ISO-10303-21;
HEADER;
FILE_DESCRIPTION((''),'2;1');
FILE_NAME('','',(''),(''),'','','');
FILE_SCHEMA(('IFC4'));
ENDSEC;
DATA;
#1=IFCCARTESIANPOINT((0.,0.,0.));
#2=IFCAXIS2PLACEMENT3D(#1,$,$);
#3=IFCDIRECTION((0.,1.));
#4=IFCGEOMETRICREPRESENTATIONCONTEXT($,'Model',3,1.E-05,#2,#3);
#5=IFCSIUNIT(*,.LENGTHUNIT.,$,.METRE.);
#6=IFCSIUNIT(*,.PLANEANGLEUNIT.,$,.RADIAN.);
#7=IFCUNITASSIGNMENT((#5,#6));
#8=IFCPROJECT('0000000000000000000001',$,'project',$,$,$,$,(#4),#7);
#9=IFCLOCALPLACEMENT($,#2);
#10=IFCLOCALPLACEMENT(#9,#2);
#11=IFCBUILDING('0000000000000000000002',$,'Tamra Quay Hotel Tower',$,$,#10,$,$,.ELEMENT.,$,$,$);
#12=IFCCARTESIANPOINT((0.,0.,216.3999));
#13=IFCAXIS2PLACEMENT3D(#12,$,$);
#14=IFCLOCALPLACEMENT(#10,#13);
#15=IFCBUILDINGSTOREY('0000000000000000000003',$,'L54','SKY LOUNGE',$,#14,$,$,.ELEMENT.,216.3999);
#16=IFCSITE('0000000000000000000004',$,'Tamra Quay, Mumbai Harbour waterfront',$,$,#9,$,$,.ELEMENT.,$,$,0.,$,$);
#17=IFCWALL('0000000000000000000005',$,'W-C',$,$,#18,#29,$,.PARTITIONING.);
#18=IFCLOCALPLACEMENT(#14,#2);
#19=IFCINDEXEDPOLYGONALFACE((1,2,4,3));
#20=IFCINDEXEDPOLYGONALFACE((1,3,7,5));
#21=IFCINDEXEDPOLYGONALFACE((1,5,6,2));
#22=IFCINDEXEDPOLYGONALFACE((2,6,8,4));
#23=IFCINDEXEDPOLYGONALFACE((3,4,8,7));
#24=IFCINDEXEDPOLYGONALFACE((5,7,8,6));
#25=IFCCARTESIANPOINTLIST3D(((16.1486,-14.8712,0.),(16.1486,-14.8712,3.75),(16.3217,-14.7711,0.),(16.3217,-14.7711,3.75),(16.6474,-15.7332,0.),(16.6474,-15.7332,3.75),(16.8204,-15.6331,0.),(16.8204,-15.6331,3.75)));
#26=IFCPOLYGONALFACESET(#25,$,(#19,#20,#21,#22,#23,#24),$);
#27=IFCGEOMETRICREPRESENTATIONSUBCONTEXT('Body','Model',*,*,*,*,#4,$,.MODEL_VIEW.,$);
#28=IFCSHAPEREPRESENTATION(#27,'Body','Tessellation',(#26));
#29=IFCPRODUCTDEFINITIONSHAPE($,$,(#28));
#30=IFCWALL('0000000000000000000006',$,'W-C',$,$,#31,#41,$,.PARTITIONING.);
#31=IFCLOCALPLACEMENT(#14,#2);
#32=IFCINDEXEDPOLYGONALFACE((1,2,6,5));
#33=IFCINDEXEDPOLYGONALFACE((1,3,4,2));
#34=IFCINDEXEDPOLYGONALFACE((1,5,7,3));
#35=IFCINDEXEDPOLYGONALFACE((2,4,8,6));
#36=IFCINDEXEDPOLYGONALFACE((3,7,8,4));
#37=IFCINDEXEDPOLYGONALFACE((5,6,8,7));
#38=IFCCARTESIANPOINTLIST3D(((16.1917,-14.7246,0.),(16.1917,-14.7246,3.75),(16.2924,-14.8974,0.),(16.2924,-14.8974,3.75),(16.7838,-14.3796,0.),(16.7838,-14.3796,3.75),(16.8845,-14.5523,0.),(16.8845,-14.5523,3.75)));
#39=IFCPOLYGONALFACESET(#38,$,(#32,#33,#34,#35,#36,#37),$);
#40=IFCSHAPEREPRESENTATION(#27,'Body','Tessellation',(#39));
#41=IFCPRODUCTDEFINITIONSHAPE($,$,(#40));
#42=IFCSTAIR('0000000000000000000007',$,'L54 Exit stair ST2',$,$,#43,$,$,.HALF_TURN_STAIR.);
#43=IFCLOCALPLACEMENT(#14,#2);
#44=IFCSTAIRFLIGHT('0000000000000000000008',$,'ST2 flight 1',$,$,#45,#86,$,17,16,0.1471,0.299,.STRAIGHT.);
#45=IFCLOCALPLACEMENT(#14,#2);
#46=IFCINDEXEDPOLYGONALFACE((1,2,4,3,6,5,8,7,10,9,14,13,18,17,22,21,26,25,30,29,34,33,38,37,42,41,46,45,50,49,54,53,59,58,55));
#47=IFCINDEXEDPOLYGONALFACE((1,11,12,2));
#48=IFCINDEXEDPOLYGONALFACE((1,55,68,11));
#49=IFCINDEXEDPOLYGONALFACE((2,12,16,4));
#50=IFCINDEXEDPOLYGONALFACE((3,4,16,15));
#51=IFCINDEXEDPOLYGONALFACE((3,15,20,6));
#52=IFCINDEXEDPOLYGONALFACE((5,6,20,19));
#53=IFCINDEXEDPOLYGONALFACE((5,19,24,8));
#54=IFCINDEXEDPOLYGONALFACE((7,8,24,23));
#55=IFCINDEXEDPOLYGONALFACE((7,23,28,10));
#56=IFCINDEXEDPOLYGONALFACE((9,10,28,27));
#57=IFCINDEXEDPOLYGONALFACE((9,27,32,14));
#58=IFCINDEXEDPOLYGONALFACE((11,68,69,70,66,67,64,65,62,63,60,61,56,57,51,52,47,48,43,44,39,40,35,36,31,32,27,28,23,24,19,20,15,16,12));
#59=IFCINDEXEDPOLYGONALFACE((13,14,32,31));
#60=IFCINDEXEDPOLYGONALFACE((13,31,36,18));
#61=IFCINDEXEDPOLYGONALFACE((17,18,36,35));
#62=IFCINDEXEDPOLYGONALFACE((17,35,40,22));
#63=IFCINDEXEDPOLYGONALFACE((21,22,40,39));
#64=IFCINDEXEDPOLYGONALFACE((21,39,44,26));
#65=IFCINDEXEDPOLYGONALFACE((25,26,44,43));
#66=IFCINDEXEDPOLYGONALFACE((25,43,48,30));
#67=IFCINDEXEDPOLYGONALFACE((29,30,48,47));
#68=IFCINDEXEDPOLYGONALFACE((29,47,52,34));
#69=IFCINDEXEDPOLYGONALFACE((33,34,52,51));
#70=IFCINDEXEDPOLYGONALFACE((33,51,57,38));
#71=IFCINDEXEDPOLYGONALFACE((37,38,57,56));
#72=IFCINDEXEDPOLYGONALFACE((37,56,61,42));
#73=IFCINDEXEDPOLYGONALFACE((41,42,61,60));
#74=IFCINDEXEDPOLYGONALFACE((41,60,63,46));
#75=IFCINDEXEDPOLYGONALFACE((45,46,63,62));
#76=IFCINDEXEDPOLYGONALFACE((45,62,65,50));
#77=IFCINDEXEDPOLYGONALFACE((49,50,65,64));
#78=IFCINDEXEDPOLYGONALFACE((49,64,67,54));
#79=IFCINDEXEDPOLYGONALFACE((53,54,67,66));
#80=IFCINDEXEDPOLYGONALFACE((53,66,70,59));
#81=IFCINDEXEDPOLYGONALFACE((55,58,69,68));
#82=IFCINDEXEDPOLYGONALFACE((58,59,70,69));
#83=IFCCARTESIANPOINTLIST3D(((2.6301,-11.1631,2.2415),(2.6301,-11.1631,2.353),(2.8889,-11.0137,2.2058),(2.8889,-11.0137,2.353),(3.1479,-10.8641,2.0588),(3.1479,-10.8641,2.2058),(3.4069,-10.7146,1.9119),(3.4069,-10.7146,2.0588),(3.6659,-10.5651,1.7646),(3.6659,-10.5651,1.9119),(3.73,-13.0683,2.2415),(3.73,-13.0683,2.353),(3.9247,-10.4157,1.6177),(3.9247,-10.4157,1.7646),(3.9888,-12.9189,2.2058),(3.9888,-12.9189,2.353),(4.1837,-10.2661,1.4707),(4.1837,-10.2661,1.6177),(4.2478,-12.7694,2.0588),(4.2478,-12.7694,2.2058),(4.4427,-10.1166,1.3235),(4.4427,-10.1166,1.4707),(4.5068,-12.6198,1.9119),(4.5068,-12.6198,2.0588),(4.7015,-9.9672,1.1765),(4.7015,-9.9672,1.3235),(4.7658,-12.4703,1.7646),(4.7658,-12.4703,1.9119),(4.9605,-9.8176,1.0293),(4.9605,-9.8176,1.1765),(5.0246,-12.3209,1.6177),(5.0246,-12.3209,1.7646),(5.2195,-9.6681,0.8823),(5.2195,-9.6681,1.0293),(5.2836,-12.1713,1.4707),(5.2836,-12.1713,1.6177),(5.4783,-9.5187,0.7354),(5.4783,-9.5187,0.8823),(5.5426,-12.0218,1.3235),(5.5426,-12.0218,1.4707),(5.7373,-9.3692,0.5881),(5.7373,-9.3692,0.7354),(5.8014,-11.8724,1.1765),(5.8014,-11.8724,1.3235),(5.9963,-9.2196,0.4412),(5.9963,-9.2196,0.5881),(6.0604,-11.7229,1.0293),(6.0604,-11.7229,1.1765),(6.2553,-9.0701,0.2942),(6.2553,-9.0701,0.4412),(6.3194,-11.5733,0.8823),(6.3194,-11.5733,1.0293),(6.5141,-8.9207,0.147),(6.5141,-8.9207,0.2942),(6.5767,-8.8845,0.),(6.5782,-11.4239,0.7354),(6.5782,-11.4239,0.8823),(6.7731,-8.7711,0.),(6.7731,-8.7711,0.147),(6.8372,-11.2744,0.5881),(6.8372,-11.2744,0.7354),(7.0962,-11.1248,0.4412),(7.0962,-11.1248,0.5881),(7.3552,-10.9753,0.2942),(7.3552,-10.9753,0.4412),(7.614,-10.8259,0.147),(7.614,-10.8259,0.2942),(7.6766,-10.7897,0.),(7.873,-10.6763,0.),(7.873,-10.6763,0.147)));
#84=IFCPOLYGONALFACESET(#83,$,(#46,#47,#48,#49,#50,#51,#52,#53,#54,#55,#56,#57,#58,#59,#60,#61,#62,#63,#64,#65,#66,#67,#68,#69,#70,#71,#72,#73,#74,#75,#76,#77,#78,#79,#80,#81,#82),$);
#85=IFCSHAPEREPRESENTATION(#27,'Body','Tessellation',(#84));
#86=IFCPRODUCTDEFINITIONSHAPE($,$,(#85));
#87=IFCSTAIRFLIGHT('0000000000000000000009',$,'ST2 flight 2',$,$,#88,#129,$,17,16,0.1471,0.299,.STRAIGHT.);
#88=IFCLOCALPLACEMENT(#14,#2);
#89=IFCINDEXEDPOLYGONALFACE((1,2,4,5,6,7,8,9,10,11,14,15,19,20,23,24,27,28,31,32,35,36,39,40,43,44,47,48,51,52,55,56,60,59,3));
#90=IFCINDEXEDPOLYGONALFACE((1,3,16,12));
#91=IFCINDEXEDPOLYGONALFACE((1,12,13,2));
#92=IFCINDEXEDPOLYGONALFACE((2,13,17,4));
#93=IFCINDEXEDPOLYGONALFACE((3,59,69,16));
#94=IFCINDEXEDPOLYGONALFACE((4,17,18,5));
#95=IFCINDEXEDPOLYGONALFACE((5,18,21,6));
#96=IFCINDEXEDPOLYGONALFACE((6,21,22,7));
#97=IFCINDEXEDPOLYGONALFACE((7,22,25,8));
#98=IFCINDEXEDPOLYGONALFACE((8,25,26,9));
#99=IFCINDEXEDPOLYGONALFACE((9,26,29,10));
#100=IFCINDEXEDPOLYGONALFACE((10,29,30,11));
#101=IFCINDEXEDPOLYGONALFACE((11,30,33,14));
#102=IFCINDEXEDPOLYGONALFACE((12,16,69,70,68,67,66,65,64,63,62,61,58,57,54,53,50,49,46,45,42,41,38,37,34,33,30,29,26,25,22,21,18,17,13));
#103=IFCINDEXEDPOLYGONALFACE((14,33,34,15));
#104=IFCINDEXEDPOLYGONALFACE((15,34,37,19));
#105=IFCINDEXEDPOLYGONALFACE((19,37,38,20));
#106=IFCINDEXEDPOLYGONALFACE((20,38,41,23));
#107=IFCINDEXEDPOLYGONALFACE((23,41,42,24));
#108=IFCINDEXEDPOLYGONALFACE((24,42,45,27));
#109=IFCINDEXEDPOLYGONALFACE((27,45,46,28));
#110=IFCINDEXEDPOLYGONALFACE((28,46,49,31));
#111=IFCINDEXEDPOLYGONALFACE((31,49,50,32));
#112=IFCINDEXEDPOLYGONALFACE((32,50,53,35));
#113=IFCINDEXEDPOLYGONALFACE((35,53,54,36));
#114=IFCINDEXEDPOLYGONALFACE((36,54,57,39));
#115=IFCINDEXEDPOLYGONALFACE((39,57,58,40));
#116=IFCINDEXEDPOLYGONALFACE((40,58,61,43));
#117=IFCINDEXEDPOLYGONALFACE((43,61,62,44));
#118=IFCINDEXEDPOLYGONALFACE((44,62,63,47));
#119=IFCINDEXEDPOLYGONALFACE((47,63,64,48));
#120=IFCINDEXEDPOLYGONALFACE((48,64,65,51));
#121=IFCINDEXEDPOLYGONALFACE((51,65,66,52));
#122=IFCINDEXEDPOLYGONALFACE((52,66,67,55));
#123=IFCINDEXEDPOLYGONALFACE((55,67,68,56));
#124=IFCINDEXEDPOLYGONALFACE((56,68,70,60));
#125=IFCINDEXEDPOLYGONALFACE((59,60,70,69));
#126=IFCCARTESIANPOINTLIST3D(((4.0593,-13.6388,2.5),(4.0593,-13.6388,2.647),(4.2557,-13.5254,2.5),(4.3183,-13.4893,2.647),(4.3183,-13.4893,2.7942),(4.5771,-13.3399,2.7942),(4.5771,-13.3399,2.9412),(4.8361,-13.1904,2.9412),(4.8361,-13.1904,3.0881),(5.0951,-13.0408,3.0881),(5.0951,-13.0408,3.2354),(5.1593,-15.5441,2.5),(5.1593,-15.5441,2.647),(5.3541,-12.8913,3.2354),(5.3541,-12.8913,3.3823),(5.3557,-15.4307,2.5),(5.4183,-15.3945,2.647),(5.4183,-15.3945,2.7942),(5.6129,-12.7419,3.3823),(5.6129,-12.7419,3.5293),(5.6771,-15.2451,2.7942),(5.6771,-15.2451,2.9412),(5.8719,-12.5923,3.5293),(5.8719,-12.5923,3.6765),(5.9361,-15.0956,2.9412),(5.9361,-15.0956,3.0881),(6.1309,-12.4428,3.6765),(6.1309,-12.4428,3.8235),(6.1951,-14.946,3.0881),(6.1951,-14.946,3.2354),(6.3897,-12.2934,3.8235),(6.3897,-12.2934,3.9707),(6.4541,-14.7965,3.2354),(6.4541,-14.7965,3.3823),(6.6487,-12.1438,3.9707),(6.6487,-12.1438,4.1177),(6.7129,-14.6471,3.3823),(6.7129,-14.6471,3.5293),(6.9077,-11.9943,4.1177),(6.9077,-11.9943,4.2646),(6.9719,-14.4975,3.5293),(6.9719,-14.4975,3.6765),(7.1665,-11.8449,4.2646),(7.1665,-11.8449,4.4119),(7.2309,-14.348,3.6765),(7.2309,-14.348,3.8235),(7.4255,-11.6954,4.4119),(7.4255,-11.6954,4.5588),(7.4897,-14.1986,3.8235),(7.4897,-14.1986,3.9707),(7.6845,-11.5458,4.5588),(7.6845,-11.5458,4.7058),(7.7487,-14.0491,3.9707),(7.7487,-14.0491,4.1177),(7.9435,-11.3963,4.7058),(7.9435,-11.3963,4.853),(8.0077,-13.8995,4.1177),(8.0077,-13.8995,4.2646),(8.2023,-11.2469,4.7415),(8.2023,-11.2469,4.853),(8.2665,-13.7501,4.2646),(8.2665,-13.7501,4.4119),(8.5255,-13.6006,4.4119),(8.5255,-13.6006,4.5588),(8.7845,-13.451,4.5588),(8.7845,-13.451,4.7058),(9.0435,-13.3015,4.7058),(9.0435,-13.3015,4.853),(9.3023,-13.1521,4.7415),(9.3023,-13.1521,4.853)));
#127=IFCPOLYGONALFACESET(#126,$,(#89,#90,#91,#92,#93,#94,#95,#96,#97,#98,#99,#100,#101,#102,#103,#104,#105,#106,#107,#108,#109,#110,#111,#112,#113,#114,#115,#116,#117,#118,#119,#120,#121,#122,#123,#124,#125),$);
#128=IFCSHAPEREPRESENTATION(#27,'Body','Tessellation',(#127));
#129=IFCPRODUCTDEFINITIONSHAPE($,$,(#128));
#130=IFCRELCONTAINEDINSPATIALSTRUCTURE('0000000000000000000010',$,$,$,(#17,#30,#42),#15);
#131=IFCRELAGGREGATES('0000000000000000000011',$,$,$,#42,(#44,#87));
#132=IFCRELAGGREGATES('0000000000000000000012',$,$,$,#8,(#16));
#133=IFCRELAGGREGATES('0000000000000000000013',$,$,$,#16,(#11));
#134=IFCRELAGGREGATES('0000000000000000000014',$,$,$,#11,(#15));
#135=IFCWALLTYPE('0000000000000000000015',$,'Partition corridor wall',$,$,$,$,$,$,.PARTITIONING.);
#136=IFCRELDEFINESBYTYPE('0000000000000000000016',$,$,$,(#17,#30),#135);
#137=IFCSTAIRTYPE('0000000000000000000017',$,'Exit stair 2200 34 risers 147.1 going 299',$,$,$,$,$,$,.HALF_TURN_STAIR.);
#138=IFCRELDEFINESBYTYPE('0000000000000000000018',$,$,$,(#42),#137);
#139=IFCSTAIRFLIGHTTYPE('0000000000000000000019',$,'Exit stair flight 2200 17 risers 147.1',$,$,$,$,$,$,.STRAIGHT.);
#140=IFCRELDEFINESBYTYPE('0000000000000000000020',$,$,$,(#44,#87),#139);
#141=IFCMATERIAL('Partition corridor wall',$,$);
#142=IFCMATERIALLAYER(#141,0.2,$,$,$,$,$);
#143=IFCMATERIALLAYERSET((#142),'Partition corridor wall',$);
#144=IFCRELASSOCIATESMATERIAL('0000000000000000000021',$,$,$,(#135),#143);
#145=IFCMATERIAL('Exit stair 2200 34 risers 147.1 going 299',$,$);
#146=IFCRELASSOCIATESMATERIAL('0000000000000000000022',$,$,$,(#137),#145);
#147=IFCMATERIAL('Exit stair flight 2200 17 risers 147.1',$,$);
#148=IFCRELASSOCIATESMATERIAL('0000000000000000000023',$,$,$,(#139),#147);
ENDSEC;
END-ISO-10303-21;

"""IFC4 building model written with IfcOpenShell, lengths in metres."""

from ifc_helpers import new_model, si_unit, direction, frame, frame_2d, origin, place, context, subcontext, project, spatial, polyline, rectangle, outline, extrude, material, layer, layer_set, type_object, element, aggregate, save


model = new_model("IFC4")

# Units and contexts
model_context = context("Model", 3, precision=1e-05, world=origin(), true_north=direction((0.0, 1.0)))
body_context = subcontext(model_context, "Body", "Model", "MODEL_VIEW")
ifc_project = project(units=[si_unit("LENGTHUNIT", "METRE"), si_unit("PLANEANGLEUNIT", "RADIAN")], contexts=[model_context])

# Site, building, storey
site_placement = place(None, origin())
site = spatial("IfcSite", under=ifc_project, at=site_placement, Name="Tamra Quay, Mumbai Harbour waterfront", CompositionType="ELEMENT", RefElevation=0.0)
building_placement = place(site_placement, origin())
building = spatial("IfcBuilding", under=site, at=building_placement, Name="Tamra Quay Hotel Tower", CompositionType="ELEMENT")
storey_placement = place(building_placement, frame((0.0, 0.0, 216.3999)))
storey = spatial("IfcBuildingStorey", under=building, at=storey_placement, Name="L54", Description="SKY LOUNGE", CompositionType="ELEMENT", Elevation=216.3999)

# Walls
ifc_material_1 = material(Name="Partition corridor wall")
ifc_layer_1 = layer(ifc_material_1, 0.2)
ifc_layer_set_1 = layer_set([ifc_layer_1], Name="Partition corridor wall")
wall_type_1 = type_object("IfcWallType", Name="Partition corridor wall", PredefinedType="PARTITIONING", material=ifc_layer_set_1)
wall_1_placement = place(storey_placement, frame((16.2351, -14.821, 0.0), z_axis=(0.0, 0.0, 1.0), x_axis=(0.500804, -0.865561, 0.0)))
element("IfcWall", 1, at=wall_1_placement, inside=storey, type_object=wall_type_1, Name="W-C", PredefinedType="PARTITIONING", context=body_context, shape_type="SweptSolid", body=[
    extrude(rectangle(XDim=0.9958, YDim=0.2, at=frame_2d((0.498, 0.0))), origin(), (0.0, 0.0, 1.0), 3.75),
])
wall_2_placement = place(storey_placement, frame((16.2419, -14.811, 0.0), z_axis=(0.0, 0.0, 1.0), x_axis=(0.864024, 0.50345, 0.0)))
element("IfcWall", 2, at=wall_2_placement, inside=storey, type_object=wall_type_1, Name="W-C", PredefinedType="PARTITIONING", context=body_context, shape_type="SweptSolid", body=[
    extrude(rectangle(XDim=0.6853, YDim=0.2, at=frame_2d((0.3428, 0.0))), origin(), (0.0, 0.0, 1.0), 3.75),
])

# Stair, stair flights
ifc_material_2 = material(Name="Exit stair 2200 34 risers 147.1 going 299")
stair_type = type_object("IfcStairType", Name="Exit stair 2200 34 risers 147.1 going 299", PredefinedType="HALF_TURN_STAIR", material=ifc_material_2)
stair_placement = place(storey_placement, origin())
stair = element("IfcStair", 3, at=stair_placement, inside=storey, type_object=stair_type, Name="L54 Exit stair ST2", PredefinedType="HALF_TURN_STAIR")
ifc_material_3 = material(Name="Exit stair flight 2200 17 risers 147.1")
stair_flight_type = type_object("IfcStairFlightType", Name="Exit stair flight 2200 17 risers 147.1", PredefinedType="STRAIGHT", material=ifc_material_3)
stair_flight_1_placement = place(storey_placement, frame((7.323, -9.7236, 0.0), z_axis=(0.0, 0.0, 1.0), x_axis=(-0.866025, -0.5, 0.0)))
stair_flight_1 = element("IfcStairFlight", 4, at=stair_flight_1_placement, type_object=stair_flight_type, Name="ST2 flight 1", NumberOfRisers=17, NumberOfTreads=16, PredefinedType="STRAIGHT", RiserHeight=0.1471, TreadLength=0.299, context=body_context, shape_type="SweptSolid", body=[
    extrude(outline(polyline([(0.0, 0.0), (0.0, 0.147), (0.2991, 0.147), (0.2991, 0.2942), (0.5979, 0.2942), (0.5979, 0.4412), (0.897, 0.4412), (0.897, 0.5881), (1.196, 0.5881), (1.196, 0.7354), (1.4951, 0.7354), (1.4951, 0.8823), (1.7939, 0.8823), (1.7939, 1.0293), (2.093, 1.0293), (2.093, 1.1765), (2.3921, 1.1765), (2.3921, 1.3235), (2.6909, 1.3235), (2.6909, 1.4707), (2.99, 1.4707), (2.99, 1.6177), (3.2891, 1.6177), (3.2891, 1.7646), (3.5879, 1.7646), (3.5879, 1.9119), (3.887, 1.9119), (3.887, 2.0588), (4.186, 2.0588), (4.186, 2.2058), (4.4851, 2.2058), (4.4851, 2.353), (4.7839, 2.353), (4.7839, 2.5), (4.7839, 2.2415), (0.2268, 0.0), (0.0, 0.0)])), frame((0.0, 1.1001, 0.0), z_axis=(0.0, -1.0, 0.0), x_axis=(1.0, 0.0, 0.0)), (0.0, 0.0, 1.0), 2.2),
])
stair_flight_2_placement = place(storey_placement, frame((4.6094, -14.5916, 2.5), z_axis=(0.0, 0.0, 1.0), x_axis=(0.866025, 0.5, 0.0)))
stair_flight_2 = element("IfcStairFlight", 5, at=stair_flight_2_placement, type_object=stair_flight_type, Name="ST2 flight 2", NumberOfRisers=17, NumberOfTreads=16, PredefinedType="STRAIGHT", RiserHeight=0.1471, TreadLength=0.299, context=body_context, shape_type="SweptSolid", body=[
    extrude(outline(polyline([(0.0, 0.0), (0.0, 0.147), (0.2991, 0.147), (0.2991, 0.2942), (0.5979, 0.2942), (0.5979, 0.4412), (0.897, 0.4412), (0.897, 0.5881), (1.196, 0.5881), (1.196, 0.7354), (1.4951, 0.7354), (1.4951, 0.8823), (1.7939, 0.8823), (1.7939, 1.0293), (2.093, 1.0293), (2.093, 1.1765), (2.3921, 1.1765), (2.3921, 1.3235), (2.6909, 1.3235), (2.6909, 1.4707), (2.99, 1.4707), (2.99, 1.6177), (3.2891, 1.6177), (3.2891, 1.7646), (3.5879, 1.7646), (3.5879, 1.9119), (3.887, 1.9119), (3.887, 2.0588), (4.186, 2.0588), (4.186, 2.2058), (4.4851, 2.2058), (4.4851, 2.353), (4.7839, 2.353), (4.7839, 2.5), (4.7839, 2.2415), (0.2268, 0.0), (0.0, 0.0)])), frame((0.0, 1.1001, 0.0), z_axis=(0.0, -1.0, 0.0), x_axis=(1.0, 0.0, 0.0)), (0.0, 0.0, 1.0), 2.2),
])
aggregate(stair, [stair_flight_1, stair_flight_2])

save(model, "model.ifc")
